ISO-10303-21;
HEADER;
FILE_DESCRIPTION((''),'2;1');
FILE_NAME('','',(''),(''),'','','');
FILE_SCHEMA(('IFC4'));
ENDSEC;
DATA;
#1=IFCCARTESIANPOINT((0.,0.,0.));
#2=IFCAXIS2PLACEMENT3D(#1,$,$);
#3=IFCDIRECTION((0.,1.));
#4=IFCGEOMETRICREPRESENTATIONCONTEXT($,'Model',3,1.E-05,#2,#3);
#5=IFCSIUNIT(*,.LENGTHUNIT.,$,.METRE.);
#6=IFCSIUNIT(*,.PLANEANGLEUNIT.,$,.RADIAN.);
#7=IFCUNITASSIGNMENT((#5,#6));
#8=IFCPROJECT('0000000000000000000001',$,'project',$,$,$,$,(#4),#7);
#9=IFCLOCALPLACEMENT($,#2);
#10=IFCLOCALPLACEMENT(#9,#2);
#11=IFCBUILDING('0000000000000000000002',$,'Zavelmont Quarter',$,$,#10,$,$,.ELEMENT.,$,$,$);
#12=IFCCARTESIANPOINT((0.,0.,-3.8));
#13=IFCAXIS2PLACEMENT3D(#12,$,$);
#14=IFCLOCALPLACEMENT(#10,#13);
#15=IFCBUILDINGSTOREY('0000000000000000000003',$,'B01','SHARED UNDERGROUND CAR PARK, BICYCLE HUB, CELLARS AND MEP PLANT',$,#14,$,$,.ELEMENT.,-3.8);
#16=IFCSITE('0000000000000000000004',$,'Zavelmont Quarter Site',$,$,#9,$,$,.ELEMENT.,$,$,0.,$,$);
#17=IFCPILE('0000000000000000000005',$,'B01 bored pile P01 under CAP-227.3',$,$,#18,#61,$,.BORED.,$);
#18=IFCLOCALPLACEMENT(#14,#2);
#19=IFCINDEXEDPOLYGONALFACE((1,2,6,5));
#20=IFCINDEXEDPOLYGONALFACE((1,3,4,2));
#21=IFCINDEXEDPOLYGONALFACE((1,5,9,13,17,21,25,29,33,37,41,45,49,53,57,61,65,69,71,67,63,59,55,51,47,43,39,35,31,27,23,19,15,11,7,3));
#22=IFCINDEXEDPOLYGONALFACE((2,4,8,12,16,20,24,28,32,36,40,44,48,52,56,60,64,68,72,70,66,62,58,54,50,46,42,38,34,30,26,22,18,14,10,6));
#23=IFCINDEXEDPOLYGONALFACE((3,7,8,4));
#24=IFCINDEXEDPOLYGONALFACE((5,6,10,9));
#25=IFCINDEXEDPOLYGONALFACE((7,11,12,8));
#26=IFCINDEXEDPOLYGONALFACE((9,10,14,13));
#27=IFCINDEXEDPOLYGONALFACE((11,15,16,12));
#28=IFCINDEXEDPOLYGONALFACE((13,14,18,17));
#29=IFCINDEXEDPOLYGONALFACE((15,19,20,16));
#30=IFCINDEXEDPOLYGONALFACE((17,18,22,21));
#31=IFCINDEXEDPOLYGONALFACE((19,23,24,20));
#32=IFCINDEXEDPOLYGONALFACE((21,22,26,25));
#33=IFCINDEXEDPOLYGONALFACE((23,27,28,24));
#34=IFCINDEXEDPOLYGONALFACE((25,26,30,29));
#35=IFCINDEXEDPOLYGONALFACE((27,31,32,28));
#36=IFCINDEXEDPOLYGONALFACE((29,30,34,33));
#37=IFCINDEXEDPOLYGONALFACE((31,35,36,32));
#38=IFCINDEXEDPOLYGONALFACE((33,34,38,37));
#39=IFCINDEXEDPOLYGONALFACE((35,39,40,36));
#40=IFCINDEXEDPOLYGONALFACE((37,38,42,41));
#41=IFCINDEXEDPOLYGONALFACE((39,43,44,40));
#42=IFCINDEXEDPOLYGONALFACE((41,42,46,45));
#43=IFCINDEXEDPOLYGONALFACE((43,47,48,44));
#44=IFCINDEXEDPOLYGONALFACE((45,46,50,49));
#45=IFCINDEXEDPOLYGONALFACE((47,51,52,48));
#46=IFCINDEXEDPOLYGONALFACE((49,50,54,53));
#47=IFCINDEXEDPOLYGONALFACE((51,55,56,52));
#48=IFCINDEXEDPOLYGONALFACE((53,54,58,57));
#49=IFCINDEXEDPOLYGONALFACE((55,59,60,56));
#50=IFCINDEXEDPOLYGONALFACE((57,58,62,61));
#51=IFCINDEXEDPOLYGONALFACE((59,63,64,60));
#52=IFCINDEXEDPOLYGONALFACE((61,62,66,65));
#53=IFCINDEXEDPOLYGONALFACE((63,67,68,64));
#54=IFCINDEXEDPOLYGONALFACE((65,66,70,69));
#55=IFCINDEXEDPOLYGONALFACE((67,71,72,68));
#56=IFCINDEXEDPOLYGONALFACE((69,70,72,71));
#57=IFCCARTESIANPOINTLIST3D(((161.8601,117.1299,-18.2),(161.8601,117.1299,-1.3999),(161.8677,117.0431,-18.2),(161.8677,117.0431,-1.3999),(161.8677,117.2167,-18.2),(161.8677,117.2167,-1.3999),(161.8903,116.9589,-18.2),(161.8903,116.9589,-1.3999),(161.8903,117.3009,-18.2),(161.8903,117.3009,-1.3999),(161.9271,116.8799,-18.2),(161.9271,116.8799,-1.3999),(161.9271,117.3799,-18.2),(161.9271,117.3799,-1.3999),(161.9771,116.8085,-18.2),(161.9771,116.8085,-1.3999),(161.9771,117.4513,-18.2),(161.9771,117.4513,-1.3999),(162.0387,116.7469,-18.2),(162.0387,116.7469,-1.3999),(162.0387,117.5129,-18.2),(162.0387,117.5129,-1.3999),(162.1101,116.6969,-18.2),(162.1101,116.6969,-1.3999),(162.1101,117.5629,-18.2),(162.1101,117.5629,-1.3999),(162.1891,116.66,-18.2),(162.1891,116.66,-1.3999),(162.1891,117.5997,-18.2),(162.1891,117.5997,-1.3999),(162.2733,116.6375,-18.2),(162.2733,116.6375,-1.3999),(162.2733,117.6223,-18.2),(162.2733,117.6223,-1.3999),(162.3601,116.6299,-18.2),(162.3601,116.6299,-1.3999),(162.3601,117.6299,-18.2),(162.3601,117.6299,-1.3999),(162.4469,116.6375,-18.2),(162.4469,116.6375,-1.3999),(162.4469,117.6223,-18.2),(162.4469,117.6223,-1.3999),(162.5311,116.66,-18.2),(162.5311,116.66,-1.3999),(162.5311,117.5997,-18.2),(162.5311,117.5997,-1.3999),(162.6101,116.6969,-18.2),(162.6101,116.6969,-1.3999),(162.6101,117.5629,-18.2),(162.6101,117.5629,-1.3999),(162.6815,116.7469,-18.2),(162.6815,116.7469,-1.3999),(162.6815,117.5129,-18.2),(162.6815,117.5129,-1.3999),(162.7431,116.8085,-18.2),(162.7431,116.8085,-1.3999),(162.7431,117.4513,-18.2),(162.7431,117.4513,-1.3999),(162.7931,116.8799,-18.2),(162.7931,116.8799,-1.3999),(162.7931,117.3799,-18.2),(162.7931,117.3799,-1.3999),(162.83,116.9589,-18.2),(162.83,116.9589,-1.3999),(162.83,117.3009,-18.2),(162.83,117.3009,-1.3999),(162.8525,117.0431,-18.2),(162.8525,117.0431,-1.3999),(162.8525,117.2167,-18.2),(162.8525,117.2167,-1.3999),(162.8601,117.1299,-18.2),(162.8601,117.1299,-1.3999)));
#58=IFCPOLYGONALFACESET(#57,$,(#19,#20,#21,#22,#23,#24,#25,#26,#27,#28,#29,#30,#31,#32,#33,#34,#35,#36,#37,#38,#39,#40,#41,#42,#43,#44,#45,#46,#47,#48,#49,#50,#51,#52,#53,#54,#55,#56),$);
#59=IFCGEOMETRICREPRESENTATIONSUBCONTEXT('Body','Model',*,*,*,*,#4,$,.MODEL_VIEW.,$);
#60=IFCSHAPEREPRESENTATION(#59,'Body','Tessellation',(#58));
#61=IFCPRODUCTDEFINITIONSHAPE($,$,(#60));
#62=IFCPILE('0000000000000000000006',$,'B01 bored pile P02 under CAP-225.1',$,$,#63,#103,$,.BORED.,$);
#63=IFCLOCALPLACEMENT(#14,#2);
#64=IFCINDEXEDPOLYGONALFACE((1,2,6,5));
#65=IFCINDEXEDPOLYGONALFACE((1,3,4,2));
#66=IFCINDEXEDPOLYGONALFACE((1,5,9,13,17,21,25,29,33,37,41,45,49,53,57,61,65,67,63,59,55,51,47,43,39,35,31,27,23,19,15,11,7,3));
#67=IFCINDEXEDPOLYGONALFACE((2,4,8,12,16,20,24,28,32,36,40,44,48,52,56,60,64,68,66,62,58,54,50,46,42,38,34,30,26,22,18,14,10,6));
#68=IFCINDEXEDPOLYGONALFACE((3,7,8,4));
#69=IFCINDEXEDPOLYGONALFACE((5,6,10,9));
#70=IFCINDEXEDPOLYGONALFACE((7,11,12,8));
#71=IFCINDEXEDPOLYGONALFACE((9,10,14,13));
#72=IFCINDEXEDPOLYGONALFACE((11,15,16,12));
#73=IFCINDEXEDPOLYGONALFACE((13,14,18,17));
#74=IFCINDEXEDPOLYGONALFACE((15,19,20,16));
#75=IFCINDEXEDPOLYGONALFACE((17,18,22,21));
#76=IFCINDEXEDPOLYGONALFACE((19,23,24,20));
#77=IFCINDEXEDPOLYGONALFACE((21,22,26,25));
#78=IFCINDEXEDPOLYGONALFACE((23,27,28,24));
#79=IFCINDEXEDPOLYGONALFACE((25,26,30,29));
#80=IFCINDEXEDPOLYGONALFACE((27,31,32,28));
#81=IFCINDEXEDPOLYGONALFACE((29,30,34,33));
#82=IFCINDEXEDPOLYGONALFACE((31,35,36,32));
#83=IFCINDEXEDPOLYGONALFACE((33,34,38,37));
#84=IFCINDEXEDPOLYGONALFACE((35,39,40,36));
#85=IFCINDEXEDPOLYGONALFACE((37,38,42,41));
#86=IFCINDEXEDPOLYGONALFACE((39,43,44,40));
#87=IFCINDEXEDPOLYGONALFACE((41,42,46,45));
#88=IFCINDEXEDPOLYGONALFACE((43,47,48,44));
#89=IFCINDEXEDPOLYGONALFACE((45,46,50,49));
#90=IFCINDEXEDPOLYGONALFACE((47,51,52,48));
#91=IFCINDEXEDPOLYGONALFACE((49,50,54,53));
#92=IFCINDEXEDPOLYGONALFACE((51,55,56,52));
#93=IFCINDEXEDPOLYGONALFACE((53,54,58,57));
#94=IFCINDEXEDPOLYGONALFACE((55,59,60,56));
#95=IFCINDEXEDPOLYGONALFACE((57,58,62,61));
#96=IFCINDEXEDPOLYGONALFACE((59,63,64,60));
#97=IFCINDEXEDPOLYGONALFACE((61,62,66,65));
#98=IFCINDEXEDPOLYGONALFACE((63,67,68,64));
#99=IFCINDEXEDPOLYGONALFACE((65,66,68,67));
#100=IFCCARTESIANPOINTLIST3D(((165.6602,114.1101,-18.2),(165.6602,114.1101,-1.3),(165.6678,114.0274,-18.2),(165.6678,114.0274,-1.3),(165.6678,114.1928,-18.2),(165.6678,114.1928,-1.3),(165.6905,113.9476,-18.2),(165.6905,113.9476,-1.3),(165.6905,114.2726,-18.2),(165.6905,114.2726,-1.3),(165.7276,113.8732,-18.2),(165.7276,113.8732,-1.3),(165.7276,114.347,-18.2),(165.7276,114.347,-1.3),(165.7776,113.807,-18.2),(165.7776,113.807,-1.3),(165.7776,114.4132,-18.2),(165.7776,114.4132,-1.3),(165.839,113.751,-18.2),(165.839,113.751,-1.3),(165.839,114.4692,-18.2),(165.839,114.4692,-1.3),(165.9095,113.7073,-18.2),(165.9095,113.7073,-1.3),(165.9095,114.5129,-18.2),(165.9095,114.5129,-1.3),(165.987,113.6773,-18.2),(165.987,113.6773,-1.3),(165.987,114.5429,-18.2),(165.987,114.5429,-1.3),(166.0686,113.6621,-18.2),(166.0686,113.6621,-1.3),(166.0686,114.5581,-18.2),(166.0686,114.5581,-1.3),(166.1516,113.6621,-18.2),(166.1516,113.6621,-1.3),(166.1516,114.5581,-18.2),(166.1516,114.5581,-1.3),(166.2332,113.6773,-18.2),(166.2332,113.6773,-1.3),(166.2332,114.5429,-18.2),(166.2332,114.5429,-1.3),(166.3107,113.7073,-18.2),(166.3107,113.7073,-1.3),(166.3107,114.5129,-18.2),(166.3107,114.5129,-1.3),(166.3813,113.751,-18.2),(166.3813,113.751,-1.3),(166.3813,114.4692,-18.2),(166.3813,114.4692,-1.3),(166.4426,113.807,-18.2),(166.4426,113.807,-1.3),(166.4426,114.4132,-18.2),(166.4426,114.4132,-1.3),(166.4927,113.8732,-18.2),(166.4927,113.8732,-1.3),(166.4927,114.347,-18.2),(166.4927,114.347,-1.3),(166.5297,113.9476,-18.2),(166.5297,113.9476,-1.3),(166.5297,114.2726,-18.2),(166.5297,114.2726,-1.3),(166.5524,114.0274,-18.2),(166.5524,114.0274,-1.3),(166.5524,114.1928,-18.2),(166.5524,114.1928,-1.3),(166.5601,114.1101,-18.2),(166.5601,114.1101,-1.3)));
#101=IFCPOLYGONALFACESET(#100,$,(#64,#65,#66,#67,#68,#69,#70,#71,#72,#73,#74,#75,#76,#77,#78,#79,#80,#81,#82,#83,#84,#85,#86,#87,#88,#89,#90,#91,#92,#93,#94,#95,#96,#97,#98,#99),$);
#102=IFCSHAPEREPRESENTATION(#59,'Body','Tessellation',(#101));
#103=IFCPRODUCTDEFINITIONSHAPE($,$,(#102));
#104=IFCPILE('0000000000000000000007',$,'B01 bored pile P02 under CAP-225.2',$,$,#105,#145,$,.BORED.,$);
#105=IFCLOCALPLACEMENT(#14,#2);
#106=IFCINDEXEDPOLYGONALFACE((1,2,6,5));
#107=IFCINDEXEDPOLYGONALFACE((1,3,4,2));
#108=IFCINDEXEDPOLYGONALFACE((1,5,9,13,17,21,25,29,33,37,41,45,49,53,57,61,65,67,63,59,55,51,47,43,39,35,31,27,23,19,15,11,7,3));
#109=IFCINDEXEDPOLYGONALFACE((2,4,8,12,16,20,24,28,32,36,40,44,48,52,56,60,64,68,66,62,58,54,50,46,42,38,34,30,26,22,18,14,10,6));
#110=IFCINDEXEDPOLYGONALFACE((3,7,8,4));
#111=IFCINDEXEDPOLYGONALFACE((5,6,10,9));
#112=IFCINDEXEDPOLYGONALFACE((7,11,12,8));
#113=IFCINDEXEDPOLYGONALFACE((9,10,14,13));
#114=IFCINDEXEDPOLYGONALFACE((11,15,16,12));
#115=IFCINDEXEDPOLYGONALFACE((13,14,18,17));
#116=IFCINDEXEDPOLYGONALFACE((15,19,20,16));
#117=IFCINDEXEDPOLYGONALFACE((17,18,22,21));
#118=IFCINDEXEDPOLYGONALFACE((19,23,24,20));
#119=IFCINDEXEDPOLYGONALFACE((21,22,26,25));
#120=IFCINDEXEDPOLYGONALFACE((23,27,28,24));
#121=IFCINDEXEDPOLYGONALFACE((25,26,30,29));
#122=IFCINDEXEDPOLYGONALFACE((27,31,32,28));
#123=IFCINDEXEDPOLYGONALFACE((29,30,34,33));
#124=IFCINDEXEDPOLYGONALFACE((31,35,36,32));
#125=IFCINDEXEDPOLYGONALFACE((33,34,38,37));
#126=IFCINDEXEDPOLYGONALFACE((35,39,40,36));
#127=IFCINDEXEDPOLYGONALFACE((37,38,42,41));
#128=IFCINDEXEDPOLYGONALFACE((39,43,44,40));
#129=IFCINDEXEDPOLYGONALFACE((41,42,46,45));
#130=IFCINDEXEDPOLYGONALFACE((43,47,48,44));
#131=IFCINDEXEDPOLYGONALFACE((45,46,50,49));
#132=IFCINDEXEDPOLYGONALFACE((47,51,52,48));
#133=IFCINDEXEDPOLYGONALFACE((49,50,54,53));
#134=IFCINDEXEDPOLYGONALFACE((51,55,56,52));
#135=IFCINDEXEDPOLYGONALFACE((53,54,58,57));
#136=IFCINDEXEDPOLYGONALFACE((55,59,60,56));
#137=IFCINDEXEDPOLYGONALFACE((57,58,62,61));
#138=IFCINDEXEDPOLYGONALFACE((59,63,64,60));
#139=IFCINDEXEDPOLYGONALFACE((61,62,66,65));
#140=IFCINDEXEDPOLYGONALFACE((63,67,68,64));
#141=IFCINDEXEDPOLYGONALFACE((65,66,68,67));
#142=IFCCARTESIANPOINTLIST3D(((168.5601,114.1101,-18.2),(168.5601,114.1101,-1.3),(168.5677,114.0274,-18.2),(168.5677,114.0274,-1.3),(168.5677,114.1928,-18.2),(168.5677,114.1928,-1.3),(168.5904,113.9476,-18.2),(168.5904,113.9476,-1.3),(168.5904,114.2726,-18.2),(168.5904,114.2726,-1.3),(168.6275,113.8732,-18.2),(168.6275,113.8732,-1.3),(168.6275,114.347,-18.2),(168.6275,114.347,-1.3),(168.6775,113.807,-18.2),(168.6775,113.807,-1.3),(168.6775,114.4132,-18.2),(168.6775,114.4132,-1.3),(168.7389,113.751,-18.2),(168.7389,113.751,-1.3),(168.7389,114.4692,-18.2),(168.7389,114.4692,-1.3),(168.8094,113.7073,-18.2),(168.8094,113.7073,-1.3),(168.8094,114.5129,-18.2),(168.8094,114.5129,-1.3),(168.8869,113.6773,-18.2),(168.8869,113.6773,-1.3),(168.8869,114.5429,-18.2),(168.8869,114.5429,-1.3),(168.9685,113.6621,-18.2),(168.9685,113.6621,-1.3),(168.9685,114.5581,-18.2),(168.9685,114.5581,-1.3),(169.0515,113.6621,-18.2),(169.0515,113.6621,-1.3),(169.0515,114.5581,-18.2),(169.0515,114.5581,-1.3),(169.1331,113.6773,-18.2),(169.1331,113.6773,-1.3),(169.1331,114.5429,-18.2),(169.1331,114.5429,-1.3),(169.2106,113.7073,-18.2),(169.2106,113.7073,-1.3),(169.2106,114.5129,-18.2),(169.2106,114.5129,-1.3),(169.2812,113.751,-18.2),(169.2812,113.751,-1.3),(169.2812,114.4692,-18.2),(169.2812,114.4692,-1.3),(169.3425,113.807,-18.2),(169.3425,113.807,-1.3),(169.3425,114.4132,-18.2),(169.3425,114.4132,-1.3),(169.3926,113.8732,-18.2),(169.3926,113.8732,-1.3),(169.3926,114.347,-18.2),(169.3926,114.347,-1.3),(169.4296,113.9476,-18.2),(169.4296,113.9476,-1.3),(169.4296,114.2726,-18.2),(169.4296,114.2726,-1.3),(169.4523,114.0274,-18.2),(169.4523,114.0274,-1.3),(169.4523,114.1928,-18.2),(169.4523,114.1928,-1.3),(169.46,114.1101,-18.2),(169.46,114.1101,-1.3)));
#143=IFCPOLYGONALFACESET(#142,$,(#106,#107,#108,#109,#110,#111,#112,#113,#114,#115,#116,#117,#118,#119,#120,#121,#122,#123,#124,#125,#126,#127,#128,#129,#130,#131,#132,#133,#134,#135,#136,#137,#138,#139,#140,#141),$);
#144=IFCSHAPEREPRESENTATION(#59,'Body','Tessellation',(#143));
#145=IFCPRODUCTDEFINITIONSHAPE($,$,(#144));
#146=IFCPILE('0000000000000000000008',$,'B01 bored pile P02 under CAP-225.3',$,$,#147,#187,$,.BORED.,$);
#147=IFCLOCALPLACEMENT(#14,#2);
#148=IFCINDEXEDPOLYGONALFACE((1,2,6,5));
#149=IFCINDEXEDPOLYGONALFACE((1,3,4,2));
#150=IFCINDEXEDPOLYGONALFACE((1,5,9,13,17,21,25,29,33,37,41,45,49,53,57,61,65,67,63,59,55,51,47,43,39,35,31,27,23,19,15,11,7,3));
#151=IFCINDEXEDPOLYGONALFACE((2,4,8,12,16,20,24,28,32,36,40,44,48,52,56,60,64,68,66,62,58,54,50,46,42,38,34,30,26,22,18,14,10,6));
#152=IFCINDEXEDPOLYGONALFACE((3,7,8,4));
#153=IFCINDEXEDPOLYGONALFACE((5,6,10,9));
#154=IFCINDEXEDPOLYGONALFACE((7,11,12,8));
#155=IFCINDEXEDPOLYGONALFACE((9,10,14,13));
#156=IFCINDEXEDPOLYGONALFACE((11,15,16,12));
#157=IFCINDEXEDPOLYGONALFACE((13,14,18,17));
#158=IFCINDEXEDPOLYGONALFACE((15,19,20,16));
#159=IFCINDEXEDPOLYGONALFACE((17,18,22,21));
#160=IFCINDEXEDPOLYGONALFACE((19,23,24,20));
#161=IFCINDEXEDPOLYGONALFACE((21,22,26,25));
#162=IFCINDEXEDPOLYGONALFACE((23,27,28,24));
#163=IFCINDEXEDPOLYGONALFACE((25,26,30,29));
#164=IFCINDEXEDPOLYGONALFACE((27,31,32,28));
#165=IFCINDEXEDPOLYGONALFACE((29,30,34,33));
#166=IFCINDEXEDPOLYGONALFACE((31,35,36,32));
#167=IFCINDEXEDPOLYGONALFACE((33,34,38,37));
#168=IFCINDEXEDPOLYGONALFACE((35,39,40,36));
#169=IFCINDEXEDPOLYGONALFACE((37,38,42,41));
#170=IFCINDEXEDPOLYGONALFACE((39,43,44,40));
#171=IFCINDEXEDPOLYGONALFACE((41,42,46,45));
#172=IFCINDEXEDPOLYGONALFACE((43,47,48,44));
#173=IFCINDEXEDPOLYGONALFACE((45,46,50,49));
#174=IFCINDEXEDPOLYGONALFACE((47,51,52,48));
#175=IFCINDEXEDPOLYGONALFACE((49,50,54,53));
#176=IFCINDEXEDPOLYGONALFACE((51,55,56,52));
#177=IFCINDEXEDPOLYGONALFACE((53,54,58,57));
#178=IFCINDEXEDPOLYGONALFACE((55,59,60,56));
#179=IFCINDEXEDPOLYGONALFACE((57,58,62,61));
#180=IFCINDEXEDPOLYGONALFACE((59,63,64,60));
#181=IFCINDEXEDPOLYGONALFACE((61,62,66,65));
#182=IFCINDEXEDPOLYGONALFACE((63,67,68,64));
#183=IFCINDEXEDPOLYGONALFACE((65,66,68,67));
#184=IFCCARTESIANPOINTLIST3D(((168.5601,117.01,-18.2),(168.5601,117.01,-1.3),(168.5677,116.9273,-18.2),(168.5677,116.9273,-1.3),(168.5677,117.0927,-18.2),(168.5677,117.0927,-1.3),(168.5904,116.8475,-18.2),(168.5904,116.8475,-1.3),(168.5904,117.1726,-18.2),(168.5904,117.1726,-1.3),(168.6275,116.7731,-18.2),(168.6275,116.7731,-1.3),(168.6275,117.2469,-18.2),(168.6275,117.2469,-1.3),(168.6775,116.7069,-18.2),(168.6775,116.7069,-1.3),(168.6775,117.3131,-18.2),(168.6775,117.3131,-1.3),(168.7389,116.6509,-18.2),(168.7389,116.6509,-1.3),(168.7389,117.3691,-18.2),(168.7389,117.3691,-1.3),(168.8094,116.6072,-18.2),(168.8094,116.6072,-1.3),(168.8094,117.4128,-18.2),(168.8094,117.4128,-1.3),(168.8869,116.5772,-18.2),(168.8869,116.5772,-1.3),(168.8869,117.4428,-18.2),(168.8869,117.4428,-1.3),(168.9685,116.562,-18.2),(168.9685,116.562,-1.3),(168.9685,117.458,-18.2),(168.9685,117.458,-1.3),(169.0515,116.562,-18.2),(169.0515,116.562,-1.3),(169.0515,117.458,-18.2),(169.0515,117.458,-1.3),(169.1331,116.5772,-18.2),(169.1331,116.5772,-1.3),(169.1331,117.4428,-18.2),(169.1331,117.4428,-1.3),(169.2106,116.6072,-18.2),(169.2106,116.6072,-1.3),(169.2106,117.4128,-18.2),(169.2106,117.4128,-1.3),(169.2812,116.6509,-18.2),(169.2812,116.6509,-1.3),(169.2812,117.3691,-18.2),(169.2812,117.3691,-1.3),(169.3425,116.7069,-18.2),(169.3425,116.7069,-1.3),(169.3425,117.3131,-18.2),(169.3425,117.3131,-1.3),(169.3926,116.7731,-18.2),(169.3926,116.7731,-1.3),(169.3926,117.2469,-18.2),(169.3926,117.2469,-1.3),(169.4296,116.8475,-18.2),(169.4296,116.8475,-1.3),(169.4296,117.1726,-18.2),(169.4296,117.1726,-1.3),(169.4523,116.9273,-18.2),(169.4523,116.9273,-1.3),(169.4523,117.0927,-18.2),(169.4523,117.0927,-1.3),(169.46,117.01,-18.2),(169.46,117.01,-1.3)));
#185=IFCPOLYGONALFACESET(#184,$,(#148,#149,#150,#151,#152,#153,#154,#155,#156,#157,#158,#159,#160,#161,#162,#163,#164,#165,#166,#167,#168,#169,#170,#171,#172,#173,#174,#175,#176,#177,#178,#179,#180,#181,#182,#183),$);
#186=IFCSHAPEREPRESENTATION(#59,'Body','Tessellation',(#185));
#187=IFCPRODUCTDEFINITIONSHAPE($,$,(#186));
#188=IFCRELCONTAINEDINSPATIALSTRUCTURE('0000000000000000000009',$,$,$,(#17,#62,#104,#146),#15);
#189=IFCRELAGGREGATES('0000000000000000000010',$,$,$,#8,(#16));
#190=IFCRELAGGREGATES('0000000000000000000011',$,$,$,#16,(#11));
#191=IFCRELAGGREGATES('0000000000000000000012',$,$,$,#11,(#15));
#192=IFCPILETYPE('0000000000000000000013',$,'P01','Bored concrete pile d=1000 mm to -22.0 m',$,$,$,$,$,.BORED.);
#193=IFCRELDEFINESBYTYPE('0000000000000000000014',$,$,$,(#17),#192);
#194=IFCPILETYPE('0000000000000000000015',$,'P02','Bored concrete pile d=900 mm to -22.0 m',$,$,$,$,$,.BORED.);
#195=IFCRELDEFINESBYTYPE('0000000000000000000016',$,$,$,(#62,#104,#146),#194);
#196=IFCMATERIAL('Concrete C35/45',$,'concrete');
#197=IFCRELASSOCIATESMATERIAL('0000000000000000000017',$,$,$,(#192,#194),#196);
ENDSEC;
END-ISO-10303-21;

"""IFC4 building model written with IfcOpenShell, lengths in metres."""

from ifc_helpers import new_model, si_unit, direction, frame, origin, origin_2d, place, context, subcontext, project, spatial, circle, extrude, material, material_profile, profile_set, type_object, element, save


model = new_model("IFC4")

# Units and contexts
model_context = context("Model", 3, precision=1e-05, world=origin(), true_north=direction((0.0, 1.0)))
body_context = subcontext(model_context, "Body", "Model", "MODEL_VIEW")
ifc_project = project(units=[si_unit("LENGTHUNIT", "METRE"), si_unit("PLANEANGLEUNIT", "RADIAN")], contexts=[model_context])

# Site, building, storey
site_placement = place(None, origin())
site = spatial("IfcSite", under=ifc_project, at=site_placement, Name="Zavelmont Quarter Site", CompositionType="ELEMENT", RefElevation=0.0)
building_placement = place(site_placement, origin())
building = spatial("IfcBuilding", under=site, at=building_placement, Name="Zavelmont Quarter", CompositionType="ELEMENT")
storey_placement = place(building_placement, frame((0.0, 0.0, -3.8)))
storey = spatial("IfcBuildingStorey", under=building, at=storey_placement, Name="B01", Description="SHARED UNDERGROUND CAR PARK, BICYCLE HUB, CELLARS AND MEP PLANT", CompositionType="ELEMENT", Elevation=-3.8)

# Shared definitions
ifc_material_1 = material(Name="Concrete C35/45", Category="concrete")

# Piles
ifc_material_profile_1 = material_profile(ifc_material_1, circle(Radius=0.5, at=origin_2d()), Name="BP1000")
ifc_profile_set_1 = profile_set([ifc_material_profile_1], Name="Concrete C35/45")
pile_type_1 = type_object("IfcPileType", Name="P01", Description="Bored concrete pile d=1000 mm to -22.0 m", PredefinedType="BORED", material=ifc_profile_set_1)
for number, where, z_axis, x_axis, name in (
    (1, (162.3601, 117.1299, -1.3999), (0.0, 0.0, -1.0), (1.0, 0.0, 0.0), "B01 bored pile P01 under CAP-227.3"),
):
    element("IfcPile", number, at=place(storey_placement, frame(where, z_axis=z_axis, x_axis=x_axis)), inside=storey, type_object=pile_type_1, Name=name, PredefinedType="BORED", context=body_context, shape_type="SweptSolid", body=[
        extrude(circle(Radius=0.5, at=origin_2d()), origin(), (0.0, 0.0, 1.0), 16.8),
    ])
ifc_material_profile_2 = material_profile(ifc_material_1, circle(Radius=0.45, at=origin_2d()), Name="BP900")
ifc_profile_set_2 = profile_set([ifc_material_profile_2], Name="Concrete C35/45")
pile_type_2 = type_object("IfcPileType", Name="P02", Description="Bored concrete pile d=900 mm to -22.0 m", PredefinedType="BORED", material=ifc_profile_set_2)
for number, where, z_axis, x_axis, name in (
    (2, (166.1101, 114.1101, -1.3), (0.0, 0.0, -1.0), (1.0, 0.0, 0.0), "B01 bored pile P02 under CAP-225.1"),
    (3, (169.01, 114.1101, -1.3), (0.0, 0.0, -1.0), (1.0, 0.0, 0.0), "B01 bored pile P02 under CAP-225.2"),
    (4, (169.01, 117.01, -1.3), (0.0, 0.0, -1.0), (1.0, 0.0, 0.0), "B01 bored pile P02 under CAP-225.3"),
):
    element("IfcPile", number, at=place(storey_placement, frame(where, z_axis=z_axis, x_axis=x_axis)), inside=storey, type_object=pile_type_2, Name=name, PredefinedType="BORED", context=body_context, shape_type="SweptSolid", body=[
        extrude(circle(Radius=0.45, at=origin_2d()), origin(), (0.0, 0.0, 1.0), 16.8999),
    ])

save(model, "model.ifc")
